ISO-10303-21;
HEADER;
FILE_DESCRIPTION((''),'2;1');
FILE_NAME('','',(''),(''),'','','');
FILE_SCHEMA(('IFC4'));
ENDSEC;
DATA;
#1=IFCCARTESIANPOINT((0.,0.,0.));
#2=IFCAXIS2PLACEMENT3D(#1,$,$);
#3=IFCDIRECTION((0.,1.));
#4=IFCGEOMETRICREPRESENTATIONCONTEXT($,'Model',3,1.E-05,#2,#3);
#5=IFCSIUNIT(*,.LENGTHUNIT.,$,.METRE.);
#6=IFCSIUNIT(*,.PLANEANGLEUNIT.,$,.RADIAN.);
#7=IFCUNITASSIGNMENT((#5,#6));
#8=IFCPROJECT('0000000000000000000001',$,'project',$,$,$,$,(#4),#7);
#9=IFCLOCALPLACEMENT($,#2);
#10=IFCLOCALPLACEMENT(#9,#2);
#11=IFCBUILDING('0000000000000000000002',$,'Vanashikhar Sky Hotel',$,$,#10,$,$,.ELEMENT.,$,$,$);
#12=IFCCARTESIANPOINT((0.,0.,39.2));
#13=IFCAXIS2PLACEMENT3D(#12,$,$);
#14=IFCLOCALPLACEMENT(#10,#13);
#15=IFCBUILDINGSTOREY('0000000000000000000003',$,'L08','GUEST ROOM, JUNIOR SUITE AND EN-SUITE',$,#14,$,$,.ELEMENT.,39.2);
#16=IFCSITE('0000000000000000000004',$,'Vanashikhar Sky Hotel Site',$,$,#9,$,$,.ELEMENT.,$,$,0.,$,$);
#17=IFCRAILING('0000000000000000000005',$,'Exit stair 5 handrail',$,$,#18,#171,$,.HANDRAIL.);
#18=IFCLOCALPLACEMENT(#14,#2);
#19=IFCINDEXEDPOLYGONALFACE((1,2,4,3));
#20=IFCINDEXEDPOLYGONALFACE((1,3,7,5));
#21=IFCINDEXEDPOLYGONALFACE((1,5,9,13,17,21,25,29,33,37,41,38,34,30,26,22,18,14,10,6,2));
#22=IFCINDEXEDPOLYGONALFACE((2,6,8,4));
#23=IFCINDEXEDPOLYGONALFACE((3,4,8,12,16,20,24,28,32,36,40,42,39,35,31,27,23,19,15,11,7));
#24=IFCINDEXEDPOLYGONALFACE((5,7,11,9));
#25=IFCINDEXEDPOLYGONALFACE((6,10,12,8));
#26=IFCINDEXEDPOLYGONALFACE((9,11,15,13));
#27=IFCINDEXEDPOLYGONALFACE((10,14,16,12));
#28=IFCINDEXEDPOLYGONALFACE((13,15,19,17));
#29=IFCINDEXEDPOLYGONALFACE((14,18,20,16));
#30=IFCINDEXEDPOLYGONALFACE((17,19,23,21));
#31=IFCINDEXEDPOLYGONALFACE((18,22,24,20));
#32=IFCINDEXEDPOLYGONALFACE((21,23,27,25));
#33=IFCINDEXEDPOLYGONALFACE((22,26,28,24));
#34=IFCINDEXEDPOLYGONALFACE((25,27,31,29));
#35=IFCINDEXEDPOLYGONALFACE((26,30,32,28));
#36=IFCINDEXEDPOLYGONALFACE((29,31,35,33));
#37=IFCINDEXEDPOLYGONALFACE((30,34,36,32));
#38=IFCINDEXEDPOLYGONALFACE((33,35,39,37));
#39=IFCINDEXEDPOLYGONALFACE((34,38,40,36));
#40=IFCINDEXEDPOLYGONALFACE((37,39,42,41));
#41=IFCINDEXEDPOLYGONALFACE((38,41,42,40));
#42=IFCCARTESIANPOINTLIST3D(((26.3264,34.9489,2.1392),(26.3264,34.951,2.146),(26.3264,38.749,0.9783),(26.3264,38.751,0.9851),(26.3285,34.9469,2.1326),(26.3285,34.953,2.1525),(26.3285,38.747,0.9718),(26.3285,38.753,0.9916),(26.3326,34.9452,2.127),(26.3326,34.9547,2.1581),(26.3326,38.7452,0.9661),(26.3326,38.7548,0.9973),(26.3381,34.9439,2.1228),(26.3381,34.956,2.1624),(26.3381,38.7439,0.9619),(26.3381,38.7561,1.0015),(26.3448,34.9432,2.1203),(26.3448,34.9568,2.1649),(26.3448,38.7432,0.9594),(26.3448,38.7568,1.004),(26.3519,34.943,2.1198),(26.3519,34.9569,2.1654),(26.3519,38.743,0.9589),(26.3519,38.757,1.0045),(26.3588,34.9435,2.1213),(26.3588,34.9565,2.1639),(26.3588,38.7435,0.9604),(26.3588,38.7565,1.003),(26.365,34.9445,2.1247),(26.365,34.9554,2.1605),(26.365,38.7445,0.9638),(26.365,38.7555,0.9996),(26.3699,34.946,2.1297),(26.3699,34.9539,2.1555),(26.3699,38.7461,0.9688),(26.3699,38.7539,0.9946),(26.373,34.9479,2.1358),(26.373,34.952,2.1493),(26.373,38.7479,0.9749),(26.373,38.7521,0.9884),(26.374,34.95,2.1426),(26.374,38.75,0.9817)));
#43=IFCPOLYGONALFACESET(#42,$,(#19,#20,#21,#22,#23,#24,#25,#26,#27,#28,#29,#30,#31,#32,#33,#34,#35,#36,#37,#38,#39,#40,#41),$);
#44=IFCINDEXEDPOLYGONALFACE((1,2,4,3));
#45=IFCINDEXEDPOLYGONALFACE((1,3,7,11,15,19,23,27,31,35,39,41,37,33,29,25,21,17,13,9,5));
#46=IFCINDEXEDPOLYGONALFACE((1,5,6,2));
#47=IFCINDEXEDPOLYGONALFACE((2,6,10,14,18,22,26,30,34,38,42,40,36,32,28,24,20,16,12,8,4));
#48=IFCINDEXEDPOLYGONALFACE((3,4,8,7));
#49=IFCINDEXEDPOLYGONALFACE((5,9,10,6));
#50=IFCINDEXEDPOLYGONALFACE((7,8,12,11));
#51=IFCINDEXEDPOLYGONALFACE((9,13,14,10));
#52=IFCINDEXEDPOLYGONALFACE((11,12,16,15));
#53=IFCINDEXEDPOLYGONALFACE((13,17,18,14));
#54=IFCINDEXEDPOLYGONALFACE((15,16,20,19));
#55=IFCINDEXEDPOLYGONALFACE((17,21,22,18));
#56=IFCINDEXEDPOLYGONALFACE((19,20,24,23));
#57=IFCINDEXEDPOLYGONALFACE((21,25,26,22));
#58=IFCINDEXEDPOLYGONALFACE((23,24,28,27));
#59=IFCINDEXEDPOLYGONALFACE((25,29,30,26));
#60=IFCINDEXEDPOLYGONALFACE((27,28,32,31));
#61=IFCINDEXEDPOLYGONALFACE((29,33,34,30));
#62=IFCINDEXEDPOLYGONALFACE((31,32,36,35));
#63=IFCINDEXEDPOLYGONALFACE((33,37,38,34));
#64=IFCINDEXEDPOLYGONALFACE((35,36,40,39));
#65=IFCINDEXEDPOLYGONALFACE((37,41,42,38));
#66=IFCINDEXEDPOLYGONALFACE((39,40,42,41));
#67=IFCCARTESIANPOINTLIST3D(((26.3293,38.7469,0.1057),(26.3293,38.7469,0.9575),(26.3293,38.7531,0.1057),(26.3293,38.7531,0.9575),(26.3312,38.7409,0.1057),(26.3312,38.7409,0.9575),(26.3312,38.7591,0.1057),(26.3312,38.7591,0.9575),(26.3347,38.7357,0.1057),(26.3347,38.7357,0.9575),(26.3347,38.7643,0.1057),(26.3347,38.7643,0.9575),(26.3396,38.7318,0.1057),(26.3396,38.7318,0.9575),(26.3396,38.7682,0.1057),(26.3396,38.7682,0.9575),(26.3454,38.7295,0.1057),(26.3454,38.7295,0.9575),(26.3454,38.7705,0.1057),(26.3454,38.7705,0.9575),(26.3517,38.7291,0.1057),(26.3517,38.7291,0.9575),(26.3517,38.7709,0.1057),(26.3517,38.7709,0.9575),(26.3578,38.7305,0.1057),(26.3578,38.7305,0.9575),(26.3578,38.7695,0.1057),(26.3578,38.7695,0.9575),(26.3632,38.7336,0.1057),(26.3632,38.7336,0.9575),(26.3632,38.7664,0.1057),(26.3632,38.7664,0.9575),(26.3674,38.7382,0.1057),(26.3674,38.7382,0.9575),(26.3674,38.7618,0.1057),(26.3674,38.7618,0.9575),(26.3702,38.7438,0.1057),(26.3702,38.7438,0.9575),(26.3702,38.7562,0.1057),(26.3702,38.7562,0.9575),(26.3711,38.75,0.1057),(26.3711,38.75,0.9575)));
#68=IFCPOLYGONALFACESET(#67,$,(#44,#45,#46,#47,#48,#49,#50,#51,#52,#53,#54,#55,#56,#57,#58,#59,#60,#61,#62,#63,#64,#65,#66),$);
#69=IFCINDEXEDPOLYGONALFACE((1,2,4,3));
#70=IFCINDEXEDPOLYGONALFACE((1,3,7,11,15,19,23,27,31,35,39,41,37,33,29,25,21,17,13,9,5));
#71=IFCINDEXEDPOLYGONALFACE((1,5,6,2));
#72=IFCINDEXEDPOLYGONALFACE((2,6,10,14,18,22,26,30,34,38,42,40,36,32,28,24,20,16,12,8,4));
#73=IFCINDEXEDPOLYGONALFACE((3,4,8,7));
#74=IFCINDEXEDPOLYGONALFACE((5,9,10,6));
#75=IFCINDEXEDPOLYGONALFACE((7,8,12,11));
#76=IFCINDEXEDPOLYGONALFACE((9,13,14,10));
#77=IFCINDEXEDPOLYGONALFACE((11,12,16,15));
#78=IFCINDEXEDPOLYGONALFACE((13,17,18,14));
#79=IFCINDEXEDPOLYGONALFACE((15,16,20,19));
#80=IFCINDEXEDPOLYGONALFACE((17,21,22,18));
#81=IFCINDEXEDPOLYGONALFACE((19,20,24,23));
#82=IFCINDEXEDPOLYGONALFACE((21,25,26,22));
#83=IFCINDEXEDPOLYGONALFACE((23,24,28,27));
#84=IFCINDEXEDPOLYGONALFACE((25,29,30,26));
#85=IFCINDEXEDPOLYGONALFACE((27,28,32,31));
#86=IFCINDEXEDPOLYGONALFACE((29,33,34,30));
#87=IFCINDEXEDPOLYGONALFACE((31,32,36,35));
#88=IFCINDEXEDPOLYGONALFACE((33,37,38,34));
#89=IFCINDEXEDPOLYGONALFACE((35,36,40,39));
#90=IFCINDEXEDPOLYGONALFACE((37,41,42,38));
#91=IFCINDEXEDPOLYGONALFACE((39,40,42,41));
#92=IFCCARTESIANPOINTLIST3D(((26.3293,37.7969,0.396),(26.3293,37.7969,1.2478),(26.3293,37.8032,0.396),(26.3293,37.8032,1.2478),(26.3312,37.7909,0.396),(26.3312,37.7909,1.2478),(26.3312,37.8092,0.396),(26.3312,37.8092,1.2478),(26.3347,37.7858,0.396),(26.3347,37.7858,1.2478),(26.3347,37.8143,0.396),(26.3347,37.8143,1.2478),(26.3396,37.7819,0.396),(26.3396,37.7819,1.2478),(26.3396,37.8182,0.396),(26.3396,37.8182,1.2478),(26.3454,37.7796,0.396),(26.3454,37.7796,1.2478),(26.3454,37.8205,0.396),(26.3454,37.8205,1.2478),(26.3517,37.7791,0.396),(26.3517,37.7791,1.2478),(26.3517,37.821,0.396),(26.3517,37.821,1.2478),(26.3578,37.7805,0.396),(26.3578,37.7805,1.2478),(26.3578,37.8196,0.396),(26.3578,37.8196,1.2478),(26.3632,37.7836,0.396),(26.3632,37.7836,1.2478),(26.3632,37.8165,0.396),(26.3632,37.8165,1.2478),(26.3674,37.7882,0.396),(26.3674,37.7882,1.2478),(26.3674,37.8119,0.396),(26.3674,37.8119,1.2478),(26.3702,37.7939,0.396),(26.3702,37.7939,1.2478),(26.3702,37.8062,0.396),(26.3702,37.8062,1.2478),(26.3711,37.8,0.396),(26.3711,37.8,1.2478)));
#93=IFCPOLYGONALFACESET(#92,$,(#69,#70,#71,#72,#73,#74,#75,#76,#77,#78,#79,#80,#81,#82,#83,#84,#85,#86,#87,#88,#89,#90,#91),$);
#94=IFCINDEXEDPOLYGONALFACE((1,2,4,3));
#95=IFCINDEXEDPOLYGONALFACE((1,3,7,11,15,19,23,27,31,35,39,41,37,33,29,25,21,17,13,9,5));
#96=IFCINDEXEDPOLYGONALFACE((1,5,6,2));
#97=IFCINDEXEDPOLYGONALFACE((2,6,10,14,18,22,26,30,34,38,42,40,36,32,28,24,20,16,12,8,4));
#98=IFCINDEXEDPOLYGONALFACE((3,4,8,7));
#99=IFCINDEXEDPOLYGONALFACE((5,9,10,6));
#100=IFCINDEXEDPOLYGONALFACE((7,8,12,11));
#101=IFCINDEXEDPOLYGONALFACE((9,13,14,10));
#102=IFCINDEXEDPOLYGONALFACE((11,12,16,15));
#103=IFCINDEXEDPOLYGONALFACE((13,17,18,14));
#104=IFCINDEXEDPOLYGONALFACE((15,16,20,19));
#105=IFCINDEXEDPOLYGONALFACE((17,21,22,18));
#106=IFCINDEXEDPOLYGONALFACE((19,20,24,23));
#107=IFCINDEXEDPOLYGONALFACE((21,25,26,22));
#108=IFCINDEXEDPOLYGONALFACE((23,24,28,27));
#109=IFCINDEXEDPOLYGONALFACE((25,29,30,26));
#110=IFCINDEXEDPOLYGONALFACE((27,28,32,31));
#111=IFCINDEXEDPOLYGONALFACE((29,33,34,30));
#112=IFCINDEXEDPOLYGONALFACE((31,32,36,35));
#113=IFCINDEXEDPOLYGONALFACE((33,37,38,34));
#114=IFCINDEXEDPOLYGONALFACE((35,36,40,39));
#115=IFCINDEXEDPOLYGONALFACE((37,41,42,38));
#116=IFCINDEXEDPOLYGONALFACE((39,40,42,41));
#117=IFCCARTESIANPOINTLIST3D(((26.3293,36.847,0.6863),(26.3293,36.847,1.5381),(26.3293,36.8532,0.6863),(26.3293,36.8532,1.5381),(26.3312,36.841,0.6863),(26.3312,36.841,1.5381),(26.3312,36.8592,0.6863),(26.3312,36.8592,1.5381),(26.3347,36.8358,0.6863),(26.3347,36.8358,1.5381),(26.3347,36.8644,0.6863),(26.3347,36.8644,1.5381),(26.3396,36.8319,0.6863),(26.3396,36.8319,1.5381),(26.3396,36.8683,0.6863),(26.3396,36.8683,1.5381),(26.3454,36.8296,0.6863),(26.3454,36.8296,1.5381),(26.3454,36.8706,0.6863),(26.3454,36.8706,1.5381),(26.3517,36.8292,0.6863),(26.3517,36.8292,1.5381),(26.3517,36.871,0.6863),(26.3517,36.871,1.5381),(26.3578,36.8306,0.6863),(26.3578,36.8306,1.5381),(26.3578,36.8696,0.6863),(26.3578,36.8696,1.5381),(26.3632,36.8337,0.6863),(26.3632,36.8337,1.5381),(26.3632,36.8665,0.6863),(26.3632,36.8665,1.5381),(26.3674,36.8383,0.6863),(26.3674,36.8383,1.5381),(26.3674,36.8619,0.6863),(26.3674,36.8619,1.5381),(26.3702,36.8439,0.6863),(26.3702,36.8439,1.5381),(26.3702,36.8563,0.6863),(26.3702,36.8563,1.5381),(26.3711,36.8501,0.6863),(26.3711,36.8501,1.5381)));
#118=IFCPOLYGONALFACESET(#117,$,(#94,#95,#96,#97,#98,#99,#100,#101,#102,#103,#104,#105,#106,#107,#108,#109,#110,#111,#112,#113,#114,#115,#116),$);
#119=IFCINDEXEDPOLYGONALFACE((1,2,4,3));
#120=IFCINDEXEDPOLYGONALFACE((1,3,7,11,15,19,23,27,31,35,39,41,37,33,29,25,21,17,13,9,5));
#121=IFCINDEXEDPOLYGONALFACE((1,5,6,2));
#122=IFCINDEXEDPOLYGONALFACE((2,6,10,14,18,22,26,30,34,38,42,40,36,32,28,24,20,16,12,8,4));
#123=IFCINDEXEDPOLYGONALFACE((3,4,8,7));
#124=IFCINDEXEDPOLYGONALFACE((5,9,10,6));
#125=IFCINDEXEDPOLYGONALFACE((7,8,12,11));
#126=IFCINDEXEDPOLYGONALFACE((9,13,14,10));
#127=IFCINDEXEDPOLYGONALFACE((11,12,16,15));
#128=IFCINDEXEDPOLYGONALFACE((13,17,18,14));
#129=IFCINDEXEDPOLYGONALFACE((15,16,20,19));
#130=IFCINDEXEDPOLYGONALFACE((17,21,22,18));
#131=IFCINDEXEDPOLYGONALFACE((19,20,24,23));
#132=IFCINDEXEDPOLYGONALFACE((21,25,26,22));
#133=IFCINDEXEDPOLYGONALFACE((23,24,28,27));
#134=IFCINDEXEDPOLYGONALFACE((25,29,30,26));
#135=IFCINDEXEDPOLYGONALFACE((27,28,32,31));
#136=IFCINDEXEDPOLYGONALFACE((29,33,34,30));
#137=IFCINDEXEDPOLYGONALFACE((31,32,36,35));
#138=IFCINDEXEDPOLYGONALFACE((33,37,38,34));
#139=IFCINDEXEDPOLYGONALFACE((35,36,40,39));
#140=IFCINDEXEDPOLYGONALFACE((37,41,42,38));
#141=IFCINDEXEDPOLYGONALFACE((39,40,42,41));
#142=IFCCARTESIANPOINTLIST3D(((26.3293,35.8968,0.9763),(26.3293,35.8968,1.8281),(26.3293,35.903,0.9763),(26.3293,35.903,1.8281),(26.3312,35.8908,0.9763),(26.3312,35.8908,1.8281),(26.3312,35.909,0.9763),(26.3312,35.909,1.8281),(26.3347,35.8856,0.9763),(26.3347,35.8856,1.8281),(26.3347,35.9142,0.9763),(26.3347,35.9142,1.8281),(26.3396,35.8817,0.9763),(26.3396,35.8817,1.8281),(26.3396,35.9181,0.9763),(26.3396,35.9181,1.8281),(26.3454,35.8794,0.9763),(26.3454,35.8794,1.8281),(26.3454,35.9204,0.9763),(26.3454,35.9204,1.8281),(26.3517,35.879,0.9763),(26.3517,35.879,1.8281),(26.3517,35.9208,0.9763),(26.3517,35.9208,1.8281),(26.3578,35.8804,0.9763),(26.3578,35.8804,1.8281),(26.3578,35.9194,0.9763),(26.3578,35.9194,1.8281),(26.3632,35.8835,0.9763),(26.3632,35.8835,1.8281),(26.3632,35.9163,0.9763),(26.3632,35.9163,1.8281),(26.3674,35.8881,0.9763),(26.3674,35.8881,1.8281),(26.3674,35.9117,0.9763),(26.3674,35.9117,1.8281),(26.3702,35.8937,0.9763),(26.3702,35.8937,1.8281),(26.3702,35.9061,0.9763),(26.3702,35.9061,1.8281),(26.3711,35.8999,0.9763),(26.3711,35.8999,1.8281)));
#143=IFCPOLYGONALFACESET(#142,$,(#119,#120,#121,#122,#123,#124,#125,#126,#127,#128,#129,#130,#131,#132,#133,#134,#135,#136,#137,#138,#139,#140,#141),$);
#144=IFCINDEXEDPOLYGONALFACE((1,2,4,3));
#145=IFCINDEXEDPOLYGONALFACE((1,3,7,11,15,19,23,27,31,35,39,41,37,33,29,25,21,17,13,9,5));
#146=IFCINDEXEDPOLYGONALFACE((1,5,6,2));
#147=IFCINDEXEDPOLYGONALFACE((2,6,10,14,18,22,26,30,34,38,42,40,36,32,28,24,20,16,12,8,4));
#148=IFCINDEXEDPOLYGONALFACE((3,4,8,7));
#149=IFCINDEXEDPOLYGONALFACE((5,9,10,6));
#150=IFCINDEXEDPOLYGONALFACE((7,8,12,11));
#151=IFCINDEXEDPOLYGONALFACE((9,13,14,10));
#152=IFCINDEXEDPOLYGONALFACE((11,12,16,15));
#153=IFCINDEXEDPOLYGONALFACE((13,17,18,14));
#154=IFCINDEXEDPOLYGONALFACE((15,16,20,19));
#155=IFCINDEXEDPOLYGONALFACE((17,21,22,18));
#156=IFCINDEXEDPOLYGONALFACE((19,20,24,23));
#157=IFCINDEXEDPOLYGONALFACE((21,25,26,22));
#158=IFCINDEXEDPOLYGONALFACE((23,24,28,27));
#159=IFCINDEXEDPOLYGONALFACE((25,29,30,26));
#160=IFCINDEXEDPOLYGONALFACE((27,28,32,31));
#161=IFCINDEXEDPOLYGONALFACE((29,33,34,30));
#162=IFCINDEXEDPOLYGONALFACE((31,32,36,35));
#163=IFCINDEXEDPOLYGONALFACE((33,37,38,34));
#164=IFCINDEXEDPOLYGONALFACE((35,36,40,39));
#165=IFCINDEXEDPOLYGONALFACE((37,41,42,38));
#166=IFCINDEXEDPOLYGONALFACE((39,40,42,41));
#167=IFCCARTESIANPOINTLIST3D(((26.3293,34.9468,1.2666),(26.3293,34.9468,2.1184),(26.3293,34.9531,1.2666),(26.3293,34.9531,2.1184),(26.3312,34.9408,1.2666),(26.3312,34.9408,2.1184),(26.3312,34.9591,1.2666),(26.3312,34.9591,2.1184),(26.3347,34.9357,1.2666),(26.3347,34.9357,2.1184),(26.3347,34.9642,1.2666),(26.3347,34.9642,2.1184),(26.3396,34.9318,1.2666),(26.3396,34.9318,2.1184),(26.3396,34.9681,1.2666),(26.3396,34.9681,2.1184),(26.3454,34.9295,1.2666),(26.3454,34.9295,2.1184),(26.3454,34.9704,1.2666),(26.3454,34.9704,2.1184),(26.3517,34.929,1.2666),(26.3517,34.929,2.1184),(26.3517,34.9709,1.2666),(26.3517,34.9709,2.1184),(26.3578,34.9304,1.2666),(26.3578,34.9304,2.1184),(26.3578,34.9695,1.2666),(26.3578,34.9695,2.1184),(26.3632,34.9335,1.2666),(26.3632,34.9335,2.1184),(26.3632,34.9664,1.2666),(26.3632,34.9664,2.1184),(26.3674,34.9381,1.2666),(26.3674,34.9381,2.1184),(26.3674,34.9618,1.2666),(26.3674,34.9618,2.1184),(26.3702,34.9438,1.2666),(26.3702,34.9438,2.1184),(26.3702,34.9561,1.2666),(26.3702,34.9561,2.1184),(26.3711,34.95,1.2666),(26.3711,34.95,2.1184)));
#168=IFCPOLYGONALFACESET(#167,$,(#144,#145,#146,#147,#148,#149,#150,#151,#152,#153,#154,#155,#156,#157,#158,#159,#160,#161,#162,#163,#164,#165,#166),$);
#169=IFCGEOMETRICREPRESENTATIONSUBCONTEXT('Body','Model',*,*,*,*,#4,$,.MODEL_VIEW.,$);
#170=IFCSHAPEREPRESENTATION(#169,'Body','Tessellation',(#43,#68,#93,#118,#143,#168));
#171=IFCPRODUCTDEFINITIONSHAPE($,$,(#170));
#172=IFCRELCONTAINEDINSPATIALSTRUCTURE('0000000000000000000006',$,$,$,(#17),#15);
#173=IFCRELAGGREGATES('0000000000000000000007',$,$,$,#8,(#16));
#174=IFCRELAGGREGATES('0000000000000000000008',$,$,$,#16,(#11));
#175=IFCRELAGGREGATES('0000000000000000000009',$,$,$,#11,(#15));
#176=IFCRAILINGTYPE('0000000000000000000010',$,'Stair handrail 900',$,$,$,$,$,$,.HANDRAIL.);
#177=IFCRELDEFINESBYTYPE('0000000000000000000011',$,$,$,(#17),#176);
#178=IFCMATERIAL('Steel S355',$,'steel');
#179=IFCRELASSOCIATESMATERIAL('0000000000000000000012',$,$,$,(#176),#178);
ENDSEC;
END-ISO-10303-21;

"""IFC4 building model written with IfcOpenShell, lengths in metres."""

from ifc_helpers import new_model, si_unit, direction, frame, origin, origin_2d, place, context, subcontext, project, spatial, circle, extrude, source, transform, mapped, material, type_object, element, save


model = new_model("IFC4")

# Units and contexts
model_context = context("Model", 3, precision=1e-05, world=origin(), true_north=direction((0.0, 1.0)))
body_context = subcontext(model_context, "Body", "Model", "MODEL_VIEW")
ifc_project = project(units=[si_unit("LENGTHUNIT", "METRE"), si_unit("PLANEANGLEUNIT", "RADIAN")], contexts=[model_context])

# Site, building, storey
site_placement = place(None, origin())
site = spatial("IfcSite", under=ifc_project, at=site_placement, Name="Vanashikhar Sky Hotel Site", CompositionType="ELEMENT", RefElevation=0.0)
building_placement = place(site_placement, origin())
building = spatial("IfcBuilding", under=site, at=building_placement, Name="Vanashikhar Sky Hotel", CompositionType="ELEMENT")
storey_placement = place(building_placement, frame((0.0, 0.0, 39.2)))
storey = spatial("IfcBuildingStorey", under=building, at=storey_placement, Name="L08", Description="GUEST ROOM, JUNIOR SUITE AND EN-SUITE", CompositionType="ELEMENT", Elevation=39.2)

# Railing
ifc_material_1 = material(Name="Steel S355", Category="steel")
railing_type = type_object("IfcRailingType", Name="Stair handrail 900", PredefinedType="HANDRAIL", material=ifc_material_1)
shared_shape_1 = source(origin(), body_context, "Body", "SweptSolid", [
    extrude(circle(Radius=0.0239, at=origin_2d()), frame((0.0, 0.0, 0.876), z_axis=(0.0, -0.956368, 0.292164), x_axis=(1.0, 0.0, 0.0)), (0.0, 0.0, 1.0), 3.9734),
    extrude(circle(Radius=0.021, at=origin_2d()), origin(), (0.0, 0.0, 1.0), 0.8518),
    extrude(circle(Radius=0.021, at=origin_2d()), frame((0.0, -0.95, 0.2903)), (0.0, 0.0, 1.0), 0.8518),
    extrude(circle(Radius=0.021, at=origin_2d()), frame((0.0, -1.8999, 0.5806)), (0.0, 0.0, 1.0), 0.8518),
    extrude(circle(Radius=0.021, at=origin_2d()), frame((0.0, -2.8501, 0.8706)), (0.0, 0.0, 1.0), 0.8518),
    extrude(circle(Radius=0.021, at=origin_2d()), frame((0.0, -3.8, 1.1609)), (0.0, 0.0, 1.0), 0.8518),
])
railing_1_placement = place(storey_placement, frame((26.3501, 38.75, 0.1057)))
element("IfcRailing", 1, at=railing_1_placement, inside=storey, type_object=railing_type, Name="Exit stair 5 handrail", PredefinedType="HANDRAIL", context=body_context, shape_type="MappedRepresentation", body=[
    mapped(shared_shape_1, transform((0.0, 0.0, 0.0), scale=1.0)),
])

save(model, "model.ifc")
